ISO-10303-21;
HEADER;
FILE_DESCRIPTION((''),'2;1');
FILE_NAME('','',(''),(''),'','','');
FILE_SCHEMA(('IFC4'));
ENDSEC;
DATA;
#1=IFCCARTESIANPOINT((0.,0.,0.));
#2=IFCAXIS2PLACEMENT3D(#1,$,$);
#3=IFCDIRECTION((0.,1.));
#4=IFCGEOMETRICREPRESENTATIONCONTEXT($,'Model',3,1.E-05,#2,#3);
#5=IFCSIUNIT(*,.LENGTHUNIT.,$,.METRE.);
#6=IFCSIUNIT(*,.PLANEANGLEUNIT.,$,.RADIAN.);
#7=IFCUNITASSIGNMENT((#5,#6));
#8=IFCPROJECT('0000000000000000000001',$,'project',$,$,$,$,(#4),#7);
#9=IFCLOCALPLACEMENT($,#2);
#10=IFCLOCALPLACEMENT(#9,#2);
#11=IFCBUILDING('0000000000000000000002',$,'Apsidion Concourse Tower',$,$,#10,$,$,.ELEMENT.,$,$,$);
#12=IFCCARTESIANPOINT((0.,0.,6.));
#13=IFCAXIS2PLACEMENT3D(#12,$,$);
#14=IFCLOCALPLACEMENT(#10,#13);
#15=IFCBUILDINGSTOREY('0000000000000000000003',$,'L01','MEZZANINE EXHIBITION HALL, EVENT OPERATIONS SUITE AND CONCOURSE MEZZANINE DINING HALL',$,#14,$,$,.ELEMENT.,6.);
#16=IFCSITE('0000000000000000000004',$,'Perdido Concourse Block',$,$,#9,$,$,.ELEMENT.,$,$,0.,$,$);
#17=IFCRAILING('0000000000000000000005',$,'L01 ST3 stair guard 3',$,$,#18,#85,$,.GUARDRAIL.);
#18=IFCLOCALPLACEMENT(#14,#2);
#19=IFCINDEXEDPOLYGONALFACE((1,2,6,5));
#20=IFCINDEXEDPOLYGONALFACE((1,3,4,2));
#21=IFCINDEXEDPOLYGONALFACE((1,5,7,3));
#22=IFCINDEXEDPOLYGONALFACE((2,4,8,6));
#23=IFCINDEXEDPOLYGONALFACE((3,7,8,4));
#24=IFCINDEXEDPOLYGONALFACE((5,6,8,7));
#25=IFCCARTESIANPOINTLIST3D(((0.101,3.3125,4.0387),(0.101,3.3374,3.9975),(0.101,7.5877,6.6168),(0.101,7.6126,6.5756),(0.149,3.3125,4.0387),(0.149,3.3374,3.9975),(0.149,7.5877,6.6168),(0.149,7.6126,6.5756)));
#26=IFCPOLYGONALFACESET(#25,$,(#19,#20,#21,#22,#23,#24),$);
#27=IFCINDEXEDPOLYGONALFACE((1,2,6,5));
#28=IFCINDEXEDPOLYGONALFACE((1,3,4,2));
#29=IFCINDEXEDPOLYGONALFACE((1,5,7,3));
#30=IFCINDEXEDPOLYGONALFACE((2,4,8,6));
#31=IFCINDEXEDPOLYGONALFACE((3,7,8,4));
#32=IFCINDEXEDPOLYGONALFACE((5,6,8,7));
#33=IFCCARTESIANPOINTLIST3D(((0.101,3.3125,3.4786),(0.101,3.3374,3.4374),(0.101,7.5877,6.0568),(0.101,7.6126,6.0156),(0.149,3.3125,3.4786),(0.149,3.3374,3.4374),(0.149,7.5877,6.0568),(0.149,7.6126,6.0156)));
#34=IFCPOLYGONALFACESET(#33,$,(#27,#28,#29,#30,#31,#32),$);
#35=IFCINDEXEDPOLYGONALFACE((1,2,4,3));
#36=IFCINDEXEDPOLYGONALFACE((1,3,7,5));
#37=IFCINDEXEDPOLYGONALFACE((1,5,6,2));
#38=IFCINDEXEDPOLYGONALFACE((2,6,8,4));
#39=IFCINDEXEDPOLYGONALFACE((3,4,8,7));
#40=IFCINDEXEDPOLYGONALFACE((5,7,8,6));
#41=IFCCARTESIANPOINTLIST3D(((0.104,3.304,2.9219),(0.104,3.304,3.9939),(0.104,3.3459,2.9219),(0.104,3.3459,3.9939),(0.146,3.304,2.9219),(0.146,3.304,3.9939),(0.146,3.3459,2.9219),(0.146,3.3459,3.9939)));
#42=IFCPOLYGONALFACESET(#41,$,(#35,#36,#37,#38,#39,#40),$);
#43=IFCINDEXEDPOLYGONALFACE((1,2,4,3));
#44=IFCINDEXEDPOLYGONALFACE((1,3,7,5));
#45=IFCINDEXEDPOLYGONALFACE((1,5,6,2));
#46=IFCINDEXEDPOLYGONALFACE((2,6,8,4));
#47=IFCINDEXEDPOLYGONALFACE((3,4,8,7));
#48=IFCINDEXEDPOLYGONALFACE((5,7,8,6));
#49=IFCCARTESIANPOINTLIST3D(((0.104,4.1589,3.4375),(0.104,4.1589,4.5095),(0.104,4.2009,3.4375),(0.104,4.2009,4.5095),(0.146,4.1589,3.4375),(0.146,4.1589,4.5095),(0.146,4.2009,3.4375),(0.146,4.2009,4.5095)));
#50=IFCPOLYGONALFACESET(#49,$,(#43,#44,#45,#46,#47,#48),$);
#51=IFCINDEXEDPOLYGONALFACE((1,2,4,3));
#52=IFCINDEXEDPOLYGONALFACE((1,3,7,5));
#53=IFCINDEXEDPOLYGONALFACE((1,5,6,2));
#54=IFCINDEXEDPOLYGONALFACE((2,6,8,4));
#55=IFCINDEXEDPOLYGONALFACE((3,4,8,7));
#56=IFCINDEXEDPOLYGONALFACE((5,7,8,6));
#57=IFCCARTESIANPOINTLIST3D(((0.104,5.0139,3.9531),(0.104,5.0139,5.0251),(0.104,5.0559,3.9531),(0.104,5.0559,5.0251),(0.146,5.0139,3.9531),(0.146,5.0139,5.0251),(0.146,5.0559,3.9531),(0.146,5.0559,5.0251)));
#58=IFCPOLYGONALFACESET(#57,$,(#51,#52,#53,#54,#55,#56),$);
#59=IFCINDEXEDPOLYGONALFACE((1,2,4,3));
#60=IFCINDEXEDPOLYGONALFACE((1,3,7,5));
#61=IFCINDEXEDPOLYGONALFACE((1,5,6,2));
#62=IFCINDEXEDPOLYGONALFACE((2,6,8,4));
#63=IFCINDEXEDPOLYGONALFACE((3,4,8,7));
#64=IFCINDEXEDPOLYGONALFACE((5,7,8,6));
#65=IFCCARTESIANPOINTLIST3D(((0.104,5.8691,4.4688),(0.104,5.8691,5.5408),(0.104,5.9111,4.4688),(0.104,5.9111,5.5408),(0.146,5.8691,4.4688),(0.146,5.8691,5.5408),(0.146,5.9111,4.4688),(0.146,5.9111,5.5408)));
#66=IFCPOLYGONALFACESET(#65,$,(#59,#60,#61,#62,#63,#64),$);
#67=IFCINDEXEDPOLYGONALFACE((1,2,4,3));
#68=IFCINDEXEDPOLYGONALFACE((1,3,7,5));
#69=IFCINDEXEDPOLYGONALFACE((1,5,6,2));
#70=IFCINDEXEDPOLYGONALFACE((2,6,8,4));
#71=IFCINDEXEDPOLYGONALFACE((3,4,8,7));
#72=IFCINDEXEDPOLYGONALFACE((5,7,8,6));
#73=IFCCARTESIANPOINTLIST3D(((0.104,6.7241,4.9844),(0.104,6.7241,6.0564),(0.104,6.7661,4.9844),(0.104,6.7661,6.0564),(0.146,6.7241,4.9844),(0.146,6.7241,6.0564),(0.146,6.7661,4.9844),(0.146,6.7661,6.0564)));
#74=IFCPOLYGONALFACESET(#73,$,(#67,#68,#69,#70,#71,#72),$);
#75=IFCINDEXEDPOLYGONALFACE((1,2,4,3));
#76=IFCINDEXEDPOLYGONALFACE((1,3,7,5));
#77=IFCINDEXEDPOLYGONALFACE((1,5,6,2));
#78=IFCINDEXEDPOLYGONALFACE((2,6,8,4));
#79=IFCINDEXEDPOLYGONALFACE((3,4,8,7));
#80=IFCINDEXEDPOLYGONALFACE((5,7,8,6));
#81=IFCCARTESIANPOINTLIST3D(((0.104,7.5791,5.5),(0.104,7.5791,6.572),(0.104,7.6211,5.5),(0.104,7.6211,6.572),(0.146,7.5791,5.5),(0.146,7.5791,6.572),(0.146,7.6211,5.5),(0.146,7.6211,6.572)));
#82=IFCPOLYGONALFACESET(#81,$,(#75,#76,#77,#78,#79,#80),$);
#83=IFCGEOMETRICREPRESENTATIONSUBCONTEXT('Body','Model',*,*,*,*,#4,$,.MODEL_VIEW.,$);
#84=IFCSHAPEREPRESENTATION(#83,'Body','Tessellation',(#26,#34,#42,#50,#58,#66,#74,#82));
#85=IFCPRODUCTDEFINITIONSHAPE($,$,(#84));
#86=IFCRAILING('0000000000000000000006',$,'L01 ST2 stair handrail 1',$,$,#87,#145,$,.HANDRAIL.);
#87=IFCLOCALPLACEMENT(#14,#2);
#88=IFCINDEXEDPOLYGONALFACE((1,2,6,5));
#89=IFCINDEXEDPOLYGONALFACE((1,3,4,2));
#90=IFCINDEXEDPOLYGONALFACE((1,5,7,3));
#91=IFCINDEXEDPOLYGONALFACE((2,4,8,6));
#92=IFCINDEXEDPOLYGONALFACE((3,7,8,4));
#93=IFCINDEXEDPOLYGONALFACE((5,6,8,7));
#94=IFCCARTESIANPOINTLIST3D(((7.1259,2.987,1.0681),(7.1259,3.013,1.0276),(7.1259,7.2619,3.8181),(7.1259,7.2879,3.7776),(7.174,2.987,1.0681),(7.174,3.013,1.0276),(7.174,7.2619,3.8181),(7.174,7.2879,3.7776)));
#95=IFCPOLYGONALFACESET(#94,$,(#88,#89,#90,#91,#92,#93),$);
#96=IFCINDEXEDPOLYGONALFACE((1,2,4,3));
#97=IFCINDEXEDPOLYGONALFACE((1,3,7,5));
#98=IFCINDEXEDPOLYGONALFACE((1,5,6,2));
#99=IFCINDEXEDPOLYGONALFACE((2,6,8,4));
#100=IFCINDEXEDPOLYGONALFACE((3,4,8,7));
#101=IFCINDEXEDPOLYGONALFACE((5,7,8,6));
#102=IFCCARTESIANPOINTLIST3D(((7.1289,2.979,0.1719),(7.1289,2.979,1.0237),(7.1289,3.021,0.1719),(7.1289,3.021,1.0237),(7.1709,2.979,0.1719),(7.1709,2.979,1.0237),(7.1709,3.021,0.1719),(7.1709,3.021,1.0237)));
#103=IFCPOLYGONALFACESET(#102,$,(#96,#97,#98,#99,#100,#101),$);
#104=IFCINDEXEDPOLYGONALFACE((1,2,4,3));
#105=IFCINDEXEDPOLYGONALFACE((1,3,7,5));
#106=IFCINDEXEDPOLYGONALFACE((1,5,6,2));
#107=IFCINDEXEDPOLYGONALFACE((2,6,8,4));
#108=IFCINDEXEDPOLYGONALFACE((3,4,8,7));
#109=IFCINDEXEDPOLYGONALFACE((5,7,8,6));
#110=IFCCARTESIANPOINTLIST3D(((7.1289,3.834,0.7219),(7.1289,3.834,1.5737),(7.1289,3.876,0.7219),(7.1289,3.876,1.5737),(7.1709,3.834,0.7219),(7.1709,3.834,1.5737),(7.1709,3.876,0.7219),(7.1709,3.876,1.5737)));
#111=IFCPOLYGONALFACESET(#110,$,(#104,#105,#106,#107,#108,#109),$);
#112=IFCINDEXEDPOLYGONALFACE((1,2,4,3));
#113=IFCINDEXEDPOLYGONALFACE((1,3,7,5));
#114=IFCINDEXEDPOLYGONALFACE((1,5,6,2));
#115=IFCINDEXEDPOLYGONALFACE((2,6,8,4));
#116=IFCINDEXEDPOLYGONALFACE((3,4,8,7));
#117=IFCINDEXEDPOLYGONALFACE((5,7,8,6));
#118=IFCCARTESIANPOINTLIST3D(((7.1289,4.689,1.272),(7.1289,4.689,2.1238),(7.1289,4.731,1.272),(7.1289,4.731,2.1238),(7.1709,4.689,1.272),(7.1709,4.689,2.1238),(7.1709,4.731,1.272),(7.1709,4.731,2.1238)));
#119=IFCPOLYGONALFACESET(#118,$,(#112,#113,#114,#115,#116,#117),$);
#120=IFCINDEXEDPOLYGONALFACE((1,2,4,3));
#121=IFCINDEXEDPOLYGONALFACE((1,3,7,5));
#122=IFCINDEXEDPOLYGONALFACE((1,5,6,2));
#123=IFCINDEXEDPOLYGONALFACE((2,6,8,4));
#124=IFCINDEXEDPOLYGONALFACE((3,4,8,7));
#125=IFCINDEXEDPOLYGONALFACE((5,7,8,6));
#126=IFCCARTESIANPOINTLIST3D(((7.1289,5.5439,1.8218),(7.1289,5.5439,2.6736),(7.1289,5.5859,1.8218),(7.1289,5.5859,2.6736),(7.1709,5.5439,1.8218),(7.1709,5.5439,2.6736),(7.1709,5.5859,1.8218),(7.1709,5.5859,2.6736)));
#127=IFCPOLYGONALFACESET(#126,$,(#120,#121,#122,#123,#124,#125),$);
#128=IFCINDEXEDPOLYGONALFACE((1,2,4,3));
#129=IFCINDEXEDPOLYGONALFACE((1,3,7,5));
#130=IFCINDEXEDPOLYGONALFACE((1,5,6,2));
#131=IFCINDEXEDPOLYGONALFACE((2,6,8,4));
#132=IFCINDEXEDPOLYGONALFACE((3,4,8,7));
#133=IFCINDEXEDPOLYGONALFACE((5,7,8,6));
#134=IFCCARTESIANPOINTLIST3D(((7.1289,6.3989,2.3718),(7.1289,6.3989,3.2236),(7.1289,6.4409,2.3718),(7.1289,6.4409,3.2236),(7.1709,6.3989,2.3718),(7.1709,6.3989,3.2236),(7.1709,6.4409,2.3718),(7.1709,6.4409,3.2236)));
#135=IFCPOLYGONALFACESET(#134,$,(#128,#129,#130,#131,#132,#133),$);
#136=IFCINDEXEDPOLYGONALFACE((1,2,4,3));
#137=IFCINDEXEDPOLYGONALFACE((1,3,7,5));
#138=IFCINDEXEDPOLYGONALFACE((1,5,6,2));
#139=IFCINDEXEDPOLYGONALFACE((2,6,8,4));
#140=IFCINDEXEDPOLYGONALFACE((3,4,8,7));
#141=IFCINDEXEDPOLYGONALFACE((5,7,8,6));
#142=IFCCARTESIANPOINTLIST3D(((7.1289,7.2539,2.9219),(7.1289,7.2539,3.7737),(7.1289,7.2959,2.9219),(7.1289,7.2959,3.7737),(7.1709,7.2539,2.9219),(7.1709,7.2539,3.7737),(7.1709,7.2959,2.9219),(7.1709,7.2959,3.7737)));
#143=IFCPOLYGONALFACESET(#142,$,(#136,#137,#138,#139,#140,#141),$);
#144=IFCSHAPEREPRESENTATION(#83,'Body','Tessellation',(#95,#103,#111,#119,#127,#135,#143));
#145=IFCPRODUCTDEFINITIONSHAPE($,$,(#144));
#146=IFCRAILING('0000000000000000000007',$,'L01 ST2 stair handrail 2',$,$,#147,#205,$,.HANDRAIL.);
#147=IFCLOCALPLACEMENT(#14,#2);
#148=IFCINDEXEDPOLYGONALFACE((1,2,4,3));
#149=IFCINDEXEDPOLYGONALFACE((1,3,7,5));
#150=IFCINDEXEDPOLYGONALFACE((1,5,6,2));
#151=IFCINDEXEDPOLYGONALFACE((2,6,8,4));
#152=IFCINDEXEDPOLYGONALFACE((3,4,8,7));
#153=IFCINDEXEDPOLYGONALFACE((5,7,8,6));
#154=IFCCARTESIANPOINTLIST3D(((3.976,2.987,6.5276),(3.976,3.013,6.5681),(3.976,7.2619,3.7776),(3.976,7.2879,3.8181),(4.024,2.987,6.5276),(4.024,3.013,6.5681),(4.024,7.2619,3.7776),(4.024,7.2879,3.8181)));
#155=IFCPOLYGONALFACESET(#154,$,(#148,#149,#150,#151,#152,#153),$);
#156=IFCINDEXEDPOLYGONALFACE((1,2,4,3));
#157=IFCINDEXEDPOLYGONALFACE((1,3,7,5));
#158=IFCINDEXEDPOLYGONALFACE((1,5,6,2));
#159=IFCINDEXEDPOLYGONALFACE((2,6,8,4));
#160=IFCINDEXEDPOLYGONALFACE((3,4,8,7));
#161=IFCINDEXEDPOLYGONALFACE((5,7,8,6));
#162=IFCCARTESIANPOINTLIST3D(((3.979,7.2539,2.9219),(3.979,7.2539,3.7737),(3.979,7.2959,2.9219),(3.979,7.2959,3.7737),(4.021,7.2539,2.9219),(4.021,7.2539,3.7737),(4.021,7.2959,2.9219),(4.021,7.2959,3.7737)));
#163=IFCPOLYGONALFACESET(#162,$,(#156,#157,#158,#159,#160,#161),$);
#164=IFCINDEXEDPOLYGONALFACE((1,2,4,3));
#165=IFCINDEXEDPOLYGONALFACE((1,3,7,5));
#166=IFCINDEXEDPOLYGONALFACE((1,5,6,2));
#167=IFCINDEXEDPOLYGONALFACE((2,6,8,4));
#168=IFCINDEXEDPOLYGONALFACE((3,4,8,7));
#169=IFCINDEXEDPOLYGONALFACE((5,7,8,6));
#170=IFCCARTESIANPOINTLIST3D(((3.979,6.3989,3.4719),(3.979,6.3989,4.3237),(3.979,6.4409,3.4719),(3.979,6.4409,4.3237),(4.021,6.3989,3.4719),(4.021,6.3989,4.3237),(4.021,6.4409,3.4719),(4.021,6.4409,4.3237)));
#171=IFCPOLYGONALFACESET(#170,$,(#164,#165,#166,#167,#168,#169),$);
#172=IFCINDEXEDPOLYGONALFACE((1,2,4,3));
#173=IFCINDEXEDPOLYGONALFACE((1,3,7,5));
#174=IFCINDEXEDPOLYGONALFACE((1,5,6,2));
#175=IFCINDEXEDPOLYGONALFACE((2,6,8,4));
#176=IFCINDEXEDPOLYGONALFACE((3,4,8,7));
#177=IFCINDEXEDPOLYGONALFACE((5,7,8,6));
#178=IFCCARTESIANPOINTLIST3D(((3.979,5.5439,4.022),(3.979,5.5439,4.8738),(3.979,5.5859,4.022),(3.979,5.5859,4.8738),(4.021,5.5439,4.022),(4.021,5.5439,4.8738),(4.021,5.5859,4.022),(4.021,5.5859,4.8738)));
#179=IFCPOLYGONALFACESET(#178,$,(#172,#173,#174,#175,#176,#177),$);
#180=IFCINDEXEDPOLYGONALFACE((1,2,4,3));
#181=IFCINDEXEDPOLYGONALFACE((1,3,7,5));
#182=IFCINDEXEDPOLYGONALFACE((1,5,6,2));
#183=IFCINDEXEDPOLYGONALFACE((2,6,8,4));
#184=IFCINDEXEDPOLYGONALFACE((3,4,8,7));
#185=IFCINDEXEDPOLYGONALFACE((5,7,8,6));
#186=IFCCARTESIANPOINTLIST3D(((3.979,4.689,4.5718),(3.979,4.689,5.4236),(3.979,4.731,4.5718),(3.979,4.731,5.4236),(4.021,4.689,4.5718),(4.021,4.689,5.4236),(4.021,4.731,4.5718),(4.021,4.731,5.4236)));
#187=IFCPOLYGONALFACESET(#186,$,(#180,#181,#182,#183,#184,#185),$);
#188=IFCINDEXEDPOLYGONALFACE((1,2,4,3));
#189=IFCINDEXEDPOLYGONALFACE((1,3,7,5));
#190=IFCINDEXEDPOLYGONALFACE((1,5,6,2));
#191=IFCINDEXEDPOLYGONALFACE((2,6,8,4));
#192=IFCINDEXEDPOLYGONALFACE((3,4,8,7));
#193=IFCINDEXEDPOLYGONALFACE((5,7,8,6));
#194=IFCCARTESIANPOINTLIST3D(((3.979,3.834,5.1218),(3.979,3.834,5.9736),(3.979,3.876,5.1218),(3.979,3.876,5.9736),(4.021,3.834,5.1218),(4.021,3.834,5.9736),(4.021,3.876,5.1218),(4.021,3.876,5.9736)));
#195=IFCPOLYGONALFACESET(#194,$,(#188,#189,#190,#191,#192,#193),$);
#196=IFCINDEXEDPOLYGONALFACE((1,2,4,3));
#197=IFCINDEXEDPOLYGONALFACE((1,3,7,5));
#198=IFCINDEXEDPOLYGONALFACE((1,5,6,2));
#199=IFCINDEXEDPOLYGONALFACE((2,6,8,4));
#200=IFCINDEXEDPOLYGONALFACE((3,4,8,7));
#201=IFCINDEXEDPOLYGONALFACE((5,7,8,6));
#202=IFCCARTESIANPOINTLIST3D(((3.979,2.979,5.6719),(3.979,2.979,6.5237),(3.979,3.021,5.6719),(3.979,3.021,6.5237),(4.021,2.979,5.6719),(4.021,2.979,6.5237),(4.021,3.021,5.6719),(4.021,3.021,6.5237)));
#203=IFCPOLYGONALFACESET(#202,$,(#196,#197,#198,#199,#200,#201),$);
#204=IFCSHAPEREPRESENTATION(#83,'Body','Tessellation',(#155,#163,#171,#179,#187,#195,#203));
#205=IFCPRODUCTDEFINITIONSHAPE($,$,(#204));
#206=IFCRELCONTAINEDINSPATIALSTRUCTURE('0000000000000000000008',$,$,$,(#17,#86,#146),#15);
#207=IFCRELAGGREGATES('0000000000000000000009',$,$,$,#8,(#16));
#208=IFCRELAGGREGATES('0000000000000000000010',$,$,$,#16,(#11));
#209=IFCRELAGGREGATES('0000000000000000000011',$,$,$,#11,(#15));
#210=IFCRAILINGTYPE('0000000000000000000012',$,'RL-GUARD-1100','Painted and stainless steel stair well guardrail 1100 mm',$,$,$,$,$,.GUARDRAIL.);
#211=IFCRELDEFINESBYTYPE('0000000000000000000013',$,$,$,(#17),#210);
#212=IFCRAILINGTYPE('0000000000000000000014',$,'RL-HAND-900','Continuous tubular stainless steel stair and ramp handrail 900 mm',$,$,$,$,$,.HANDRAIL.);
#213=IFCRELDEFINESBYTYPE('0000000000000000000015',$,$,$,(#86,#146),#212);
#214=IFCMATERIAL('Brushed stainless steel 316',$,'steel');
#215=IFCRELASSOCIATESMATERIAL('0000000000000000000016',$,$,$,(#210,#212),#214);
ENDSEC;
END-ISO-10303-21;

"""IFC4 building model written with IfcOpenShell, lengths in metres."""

from ifc_helpers import new_model, si_unit, direction, frame, origin, origin_2d, place, context, subcontext, project, spatial, rectangle, extrude, material, type_object, element, save


model = new_model("IFC4")

# Units and contexts
model_context = context("Model", 3, precision=1e-05, world=origin(), true_north=direction((0.0, 1.0)))
body_context = subcontext(model_context, "Body", "Model", "MODEL_VIEW")
ifc_project = project(units=[si_unit("LENGTHUNIT", "METRE"), si_unit("PLANEANGLEUNIT", "RADIAN")], contexts=[model_context])

# Site, building, storey
site_placement = place(None, origin())
site = spatial("IfcSite", under=ifc_project, at=site_placement, Name="Perdido Concourse Block", CompositionType="ELEMENT", RefElevation=0.0)
building_placement = place(site_placement, origin())
building = spatial("IfcBuilding", under=site, at=building_placement, Name="Apsidion Concourse Tower", CompositionType="ELEMENT")
storey_placement = place(building_placement, frame((0.0, 0.0, 6.0)))
storey = spatial("IfcBuildingStorey", under=building, at=storey_placement, Name="L01", Description="MEZZANINE EXHIBITION HALL, EVENT OPERATIONS SUITE AND CONCOURSE MEZZANINE DINING HALL", CompositionType="ELEMENT", Elevation=6.0)

# Shared definitions
ifc_material_1 = material(Name="Brushed stainless steel 316", Category="steel")

# Railings
railing_type_1 = type_object("IfcRailingType", Name="RL-GUARD-1100", Description="Painted and stainless steel stair well guardrail 1100 mm", PredefinedType="GUARDRAIL", material=ifc_material_1)
railing_1_placement = place(storey_placement, frame((0.125, 3.325, 2.9219)))
element("IfcRailing", 1, at=railing_1_placement, inside=storey, type_object=railing_type_1, Name="L01 ST3 stair guard 3", PredefinedType="GUARDRAIL", context=body_context, shape_type="SweptSolid", body=[
    extrude(rectangle(XDim=0.0481, YDim=0.0481, at=origin_2d()), frame((0.0, 0.0, 1.0962), z_axis=(0.0, 0.856339, 0.516415), x_axis=(-1.0, 0.0, 0.0)), (0.0, 0.0, 1.0), 4.9924),
    extrude(rectangle(XDim=0.0481, YDim=0.0481, at=origin_2d()), frame((0.0, 0.0, 0.5361), z_axis=(0.0, 0.856339, 0.516415), x_axis=(-1.0, 0.0, 0.0)), (0.0, 0.0, 1.0), 4.9924),
    extrude(rectangle(XDim=0.042, YDim=0.042, at=origin_2d()), origin(), (0.0, 0.0, 1.0), 1.072),
    extrude(rectangle(XDim=0.042, YDim=0.042, at=origin_2d()), frame((0.0, 0.855, 0.5156)), (0.0, 0.0, 1.0), 1.072),
    extrude(rectangle(XDim=0.042, YDim=0.042, at=origin_2d()), frame((0.0, 1.71, 1.0312)), (0.0, 0.0, 1.0), 1.072),
    extrude(rectangle(XDim=0.042, YDim=0.042, at=origin_2d()), frame((0.0, 2.5652, 1.5469)), (0.0, 0.0, 1.0), 1.072),
    extrude(rectangle(XDim=0.042, YDim=0.042, at=origin_2d()), frame((0.0, 3.4202, 2.0625)), (0.0, 0.0, 1.0), 1.072),
    extrude(rectangle(XDim=0.042, YDim=0.042, at=origin_2d()), frame((0.0, 4.2751, 2.5781)), (0.0, 0.0, 1.0), 1.072),
])
railing_type_2 = type_object("IfcRailingType", Name="RL-HAND-900", Description="Continuous tubular stainless steel stair and ramp handrail 900 mm", PredefinedType="HANDRAIL", material=ifc_material_1)
railing_2_placement = place(storey_placement, frame((7.1499, 3.0, 0.1719)))
element("IfcRailing", 2, at=railing_2_placement, inside=storey, type_object=railing_type_2, Name="L01 ST2 stair handrail 1", PredefinedType="HANDRAIL", context=body_context, shape_type="SweptSolid", body=[
    extrude(rectangle(XDim=0.0481, YDim=0.0481, at=origin_2d()), frame((0.0, 0.0, 0.876), z_axis=(0.0, 0.841013, 0.541015), x_axis=(-1.0, 0.0, 0.0)), (0.0, 0.0, 1.0), 5.083),
    extrude(rectangle(XDim=0.042, YDim=0.042, at=origin_2d()), origin(), (0.0, 0.0, 1.0), 0.8518),
    extrude(rectangle(XDim=0.042, YDim=0.042, at=origin_2d()), frame((0.0, 0.855, 0.55)), (0.0, 0.0, 1.0), 0.8518),
    extrude(rectangle(XDim=0.042, YDim=0.042, at=origin_2d()), frame((0.0, 1.71, 1.1001)), (0.0, 0.0, 1.0), 0.8518),
    extrude(rectangle(XDim=0.042, YDim=0.042, at=origin_2d()), frame((0.0, 2.5649, 1.6499)), (0.0, 0.0, 1.0), 0.8518),
    extrude(rectangle(XDim=0.042, YDim=0.042, at=origin_2d()), frame((0.0, 3.4199, 2.2)), (0.0, 0.0, 1.0), 0.8518),
    extrude(rectangle(XDim=0.042, YDim=0.042, at=origin_2d()), frame((0.0, 4.2749, 2.75)), (0.0, 0.0, 1.0), 0.8518),
])
railing_3_placement = place(storey_placement, frame((4.0, 7.2749, 2.9219)))
element("IfcRailing", 3, at=railing_3_placement, inside=storey, type_object=railing_type_2, Name="L01 ST2 stair handrail 2", PredefinedType="HANDRAIL", context=body_context, shape_type="SweptSolid", body=[
    extrude(rectangle(XDim=0.0481, YDim=0.0481, at=origin_2d()), frame((0.0, 0.0, 0.876), z_axis=(0.0, -0.841013, 0.541015), x_axis=(1.0, 0.0, 0.0)), (0.0, 0.0, 1.0), 5.083),
    extrude(rectangle(XDim=0.042, YDim=0.042, at=origin_2d()), origin(), (0.0, 0.0, 1.0), 0.8518),
    extrude(rectangle(XDim=0.042, YDim=0.042, at=origin_2d()), frame((0.0, -0.855, 0.55)), (0.0, 0.0, 1.0), 0.8518),
    extrude(rectangle(XDim=0.042, YDim=0.042, at=origin_2d()), frame((0.0, -1.71, 1.1001)), (0.0, 0.0, 1.0), 0.8518),
    extrude(rectangle(XDim=0.042, YDim=0.042, at=origin_2d()), frame((0.0, -2.5649, 1.6499)), (0.0, 0.0, 1.0), 0.8518),
    extrude(rectangle(XDim=0.042, YDim=0.042, at=origin_2d()), frame((0.0, -3.4199, 2.2)), (0.0, 0.0, 1.0), 0.8518),
    extrude(rectangle(XDim=0.042, YDim=0.042, at=origin_2d()), frame((0.0, -4.2749, 2.75)), (0.0, 0.0, 1.0), 0.8518),
])

save(model, "model.ifc")
